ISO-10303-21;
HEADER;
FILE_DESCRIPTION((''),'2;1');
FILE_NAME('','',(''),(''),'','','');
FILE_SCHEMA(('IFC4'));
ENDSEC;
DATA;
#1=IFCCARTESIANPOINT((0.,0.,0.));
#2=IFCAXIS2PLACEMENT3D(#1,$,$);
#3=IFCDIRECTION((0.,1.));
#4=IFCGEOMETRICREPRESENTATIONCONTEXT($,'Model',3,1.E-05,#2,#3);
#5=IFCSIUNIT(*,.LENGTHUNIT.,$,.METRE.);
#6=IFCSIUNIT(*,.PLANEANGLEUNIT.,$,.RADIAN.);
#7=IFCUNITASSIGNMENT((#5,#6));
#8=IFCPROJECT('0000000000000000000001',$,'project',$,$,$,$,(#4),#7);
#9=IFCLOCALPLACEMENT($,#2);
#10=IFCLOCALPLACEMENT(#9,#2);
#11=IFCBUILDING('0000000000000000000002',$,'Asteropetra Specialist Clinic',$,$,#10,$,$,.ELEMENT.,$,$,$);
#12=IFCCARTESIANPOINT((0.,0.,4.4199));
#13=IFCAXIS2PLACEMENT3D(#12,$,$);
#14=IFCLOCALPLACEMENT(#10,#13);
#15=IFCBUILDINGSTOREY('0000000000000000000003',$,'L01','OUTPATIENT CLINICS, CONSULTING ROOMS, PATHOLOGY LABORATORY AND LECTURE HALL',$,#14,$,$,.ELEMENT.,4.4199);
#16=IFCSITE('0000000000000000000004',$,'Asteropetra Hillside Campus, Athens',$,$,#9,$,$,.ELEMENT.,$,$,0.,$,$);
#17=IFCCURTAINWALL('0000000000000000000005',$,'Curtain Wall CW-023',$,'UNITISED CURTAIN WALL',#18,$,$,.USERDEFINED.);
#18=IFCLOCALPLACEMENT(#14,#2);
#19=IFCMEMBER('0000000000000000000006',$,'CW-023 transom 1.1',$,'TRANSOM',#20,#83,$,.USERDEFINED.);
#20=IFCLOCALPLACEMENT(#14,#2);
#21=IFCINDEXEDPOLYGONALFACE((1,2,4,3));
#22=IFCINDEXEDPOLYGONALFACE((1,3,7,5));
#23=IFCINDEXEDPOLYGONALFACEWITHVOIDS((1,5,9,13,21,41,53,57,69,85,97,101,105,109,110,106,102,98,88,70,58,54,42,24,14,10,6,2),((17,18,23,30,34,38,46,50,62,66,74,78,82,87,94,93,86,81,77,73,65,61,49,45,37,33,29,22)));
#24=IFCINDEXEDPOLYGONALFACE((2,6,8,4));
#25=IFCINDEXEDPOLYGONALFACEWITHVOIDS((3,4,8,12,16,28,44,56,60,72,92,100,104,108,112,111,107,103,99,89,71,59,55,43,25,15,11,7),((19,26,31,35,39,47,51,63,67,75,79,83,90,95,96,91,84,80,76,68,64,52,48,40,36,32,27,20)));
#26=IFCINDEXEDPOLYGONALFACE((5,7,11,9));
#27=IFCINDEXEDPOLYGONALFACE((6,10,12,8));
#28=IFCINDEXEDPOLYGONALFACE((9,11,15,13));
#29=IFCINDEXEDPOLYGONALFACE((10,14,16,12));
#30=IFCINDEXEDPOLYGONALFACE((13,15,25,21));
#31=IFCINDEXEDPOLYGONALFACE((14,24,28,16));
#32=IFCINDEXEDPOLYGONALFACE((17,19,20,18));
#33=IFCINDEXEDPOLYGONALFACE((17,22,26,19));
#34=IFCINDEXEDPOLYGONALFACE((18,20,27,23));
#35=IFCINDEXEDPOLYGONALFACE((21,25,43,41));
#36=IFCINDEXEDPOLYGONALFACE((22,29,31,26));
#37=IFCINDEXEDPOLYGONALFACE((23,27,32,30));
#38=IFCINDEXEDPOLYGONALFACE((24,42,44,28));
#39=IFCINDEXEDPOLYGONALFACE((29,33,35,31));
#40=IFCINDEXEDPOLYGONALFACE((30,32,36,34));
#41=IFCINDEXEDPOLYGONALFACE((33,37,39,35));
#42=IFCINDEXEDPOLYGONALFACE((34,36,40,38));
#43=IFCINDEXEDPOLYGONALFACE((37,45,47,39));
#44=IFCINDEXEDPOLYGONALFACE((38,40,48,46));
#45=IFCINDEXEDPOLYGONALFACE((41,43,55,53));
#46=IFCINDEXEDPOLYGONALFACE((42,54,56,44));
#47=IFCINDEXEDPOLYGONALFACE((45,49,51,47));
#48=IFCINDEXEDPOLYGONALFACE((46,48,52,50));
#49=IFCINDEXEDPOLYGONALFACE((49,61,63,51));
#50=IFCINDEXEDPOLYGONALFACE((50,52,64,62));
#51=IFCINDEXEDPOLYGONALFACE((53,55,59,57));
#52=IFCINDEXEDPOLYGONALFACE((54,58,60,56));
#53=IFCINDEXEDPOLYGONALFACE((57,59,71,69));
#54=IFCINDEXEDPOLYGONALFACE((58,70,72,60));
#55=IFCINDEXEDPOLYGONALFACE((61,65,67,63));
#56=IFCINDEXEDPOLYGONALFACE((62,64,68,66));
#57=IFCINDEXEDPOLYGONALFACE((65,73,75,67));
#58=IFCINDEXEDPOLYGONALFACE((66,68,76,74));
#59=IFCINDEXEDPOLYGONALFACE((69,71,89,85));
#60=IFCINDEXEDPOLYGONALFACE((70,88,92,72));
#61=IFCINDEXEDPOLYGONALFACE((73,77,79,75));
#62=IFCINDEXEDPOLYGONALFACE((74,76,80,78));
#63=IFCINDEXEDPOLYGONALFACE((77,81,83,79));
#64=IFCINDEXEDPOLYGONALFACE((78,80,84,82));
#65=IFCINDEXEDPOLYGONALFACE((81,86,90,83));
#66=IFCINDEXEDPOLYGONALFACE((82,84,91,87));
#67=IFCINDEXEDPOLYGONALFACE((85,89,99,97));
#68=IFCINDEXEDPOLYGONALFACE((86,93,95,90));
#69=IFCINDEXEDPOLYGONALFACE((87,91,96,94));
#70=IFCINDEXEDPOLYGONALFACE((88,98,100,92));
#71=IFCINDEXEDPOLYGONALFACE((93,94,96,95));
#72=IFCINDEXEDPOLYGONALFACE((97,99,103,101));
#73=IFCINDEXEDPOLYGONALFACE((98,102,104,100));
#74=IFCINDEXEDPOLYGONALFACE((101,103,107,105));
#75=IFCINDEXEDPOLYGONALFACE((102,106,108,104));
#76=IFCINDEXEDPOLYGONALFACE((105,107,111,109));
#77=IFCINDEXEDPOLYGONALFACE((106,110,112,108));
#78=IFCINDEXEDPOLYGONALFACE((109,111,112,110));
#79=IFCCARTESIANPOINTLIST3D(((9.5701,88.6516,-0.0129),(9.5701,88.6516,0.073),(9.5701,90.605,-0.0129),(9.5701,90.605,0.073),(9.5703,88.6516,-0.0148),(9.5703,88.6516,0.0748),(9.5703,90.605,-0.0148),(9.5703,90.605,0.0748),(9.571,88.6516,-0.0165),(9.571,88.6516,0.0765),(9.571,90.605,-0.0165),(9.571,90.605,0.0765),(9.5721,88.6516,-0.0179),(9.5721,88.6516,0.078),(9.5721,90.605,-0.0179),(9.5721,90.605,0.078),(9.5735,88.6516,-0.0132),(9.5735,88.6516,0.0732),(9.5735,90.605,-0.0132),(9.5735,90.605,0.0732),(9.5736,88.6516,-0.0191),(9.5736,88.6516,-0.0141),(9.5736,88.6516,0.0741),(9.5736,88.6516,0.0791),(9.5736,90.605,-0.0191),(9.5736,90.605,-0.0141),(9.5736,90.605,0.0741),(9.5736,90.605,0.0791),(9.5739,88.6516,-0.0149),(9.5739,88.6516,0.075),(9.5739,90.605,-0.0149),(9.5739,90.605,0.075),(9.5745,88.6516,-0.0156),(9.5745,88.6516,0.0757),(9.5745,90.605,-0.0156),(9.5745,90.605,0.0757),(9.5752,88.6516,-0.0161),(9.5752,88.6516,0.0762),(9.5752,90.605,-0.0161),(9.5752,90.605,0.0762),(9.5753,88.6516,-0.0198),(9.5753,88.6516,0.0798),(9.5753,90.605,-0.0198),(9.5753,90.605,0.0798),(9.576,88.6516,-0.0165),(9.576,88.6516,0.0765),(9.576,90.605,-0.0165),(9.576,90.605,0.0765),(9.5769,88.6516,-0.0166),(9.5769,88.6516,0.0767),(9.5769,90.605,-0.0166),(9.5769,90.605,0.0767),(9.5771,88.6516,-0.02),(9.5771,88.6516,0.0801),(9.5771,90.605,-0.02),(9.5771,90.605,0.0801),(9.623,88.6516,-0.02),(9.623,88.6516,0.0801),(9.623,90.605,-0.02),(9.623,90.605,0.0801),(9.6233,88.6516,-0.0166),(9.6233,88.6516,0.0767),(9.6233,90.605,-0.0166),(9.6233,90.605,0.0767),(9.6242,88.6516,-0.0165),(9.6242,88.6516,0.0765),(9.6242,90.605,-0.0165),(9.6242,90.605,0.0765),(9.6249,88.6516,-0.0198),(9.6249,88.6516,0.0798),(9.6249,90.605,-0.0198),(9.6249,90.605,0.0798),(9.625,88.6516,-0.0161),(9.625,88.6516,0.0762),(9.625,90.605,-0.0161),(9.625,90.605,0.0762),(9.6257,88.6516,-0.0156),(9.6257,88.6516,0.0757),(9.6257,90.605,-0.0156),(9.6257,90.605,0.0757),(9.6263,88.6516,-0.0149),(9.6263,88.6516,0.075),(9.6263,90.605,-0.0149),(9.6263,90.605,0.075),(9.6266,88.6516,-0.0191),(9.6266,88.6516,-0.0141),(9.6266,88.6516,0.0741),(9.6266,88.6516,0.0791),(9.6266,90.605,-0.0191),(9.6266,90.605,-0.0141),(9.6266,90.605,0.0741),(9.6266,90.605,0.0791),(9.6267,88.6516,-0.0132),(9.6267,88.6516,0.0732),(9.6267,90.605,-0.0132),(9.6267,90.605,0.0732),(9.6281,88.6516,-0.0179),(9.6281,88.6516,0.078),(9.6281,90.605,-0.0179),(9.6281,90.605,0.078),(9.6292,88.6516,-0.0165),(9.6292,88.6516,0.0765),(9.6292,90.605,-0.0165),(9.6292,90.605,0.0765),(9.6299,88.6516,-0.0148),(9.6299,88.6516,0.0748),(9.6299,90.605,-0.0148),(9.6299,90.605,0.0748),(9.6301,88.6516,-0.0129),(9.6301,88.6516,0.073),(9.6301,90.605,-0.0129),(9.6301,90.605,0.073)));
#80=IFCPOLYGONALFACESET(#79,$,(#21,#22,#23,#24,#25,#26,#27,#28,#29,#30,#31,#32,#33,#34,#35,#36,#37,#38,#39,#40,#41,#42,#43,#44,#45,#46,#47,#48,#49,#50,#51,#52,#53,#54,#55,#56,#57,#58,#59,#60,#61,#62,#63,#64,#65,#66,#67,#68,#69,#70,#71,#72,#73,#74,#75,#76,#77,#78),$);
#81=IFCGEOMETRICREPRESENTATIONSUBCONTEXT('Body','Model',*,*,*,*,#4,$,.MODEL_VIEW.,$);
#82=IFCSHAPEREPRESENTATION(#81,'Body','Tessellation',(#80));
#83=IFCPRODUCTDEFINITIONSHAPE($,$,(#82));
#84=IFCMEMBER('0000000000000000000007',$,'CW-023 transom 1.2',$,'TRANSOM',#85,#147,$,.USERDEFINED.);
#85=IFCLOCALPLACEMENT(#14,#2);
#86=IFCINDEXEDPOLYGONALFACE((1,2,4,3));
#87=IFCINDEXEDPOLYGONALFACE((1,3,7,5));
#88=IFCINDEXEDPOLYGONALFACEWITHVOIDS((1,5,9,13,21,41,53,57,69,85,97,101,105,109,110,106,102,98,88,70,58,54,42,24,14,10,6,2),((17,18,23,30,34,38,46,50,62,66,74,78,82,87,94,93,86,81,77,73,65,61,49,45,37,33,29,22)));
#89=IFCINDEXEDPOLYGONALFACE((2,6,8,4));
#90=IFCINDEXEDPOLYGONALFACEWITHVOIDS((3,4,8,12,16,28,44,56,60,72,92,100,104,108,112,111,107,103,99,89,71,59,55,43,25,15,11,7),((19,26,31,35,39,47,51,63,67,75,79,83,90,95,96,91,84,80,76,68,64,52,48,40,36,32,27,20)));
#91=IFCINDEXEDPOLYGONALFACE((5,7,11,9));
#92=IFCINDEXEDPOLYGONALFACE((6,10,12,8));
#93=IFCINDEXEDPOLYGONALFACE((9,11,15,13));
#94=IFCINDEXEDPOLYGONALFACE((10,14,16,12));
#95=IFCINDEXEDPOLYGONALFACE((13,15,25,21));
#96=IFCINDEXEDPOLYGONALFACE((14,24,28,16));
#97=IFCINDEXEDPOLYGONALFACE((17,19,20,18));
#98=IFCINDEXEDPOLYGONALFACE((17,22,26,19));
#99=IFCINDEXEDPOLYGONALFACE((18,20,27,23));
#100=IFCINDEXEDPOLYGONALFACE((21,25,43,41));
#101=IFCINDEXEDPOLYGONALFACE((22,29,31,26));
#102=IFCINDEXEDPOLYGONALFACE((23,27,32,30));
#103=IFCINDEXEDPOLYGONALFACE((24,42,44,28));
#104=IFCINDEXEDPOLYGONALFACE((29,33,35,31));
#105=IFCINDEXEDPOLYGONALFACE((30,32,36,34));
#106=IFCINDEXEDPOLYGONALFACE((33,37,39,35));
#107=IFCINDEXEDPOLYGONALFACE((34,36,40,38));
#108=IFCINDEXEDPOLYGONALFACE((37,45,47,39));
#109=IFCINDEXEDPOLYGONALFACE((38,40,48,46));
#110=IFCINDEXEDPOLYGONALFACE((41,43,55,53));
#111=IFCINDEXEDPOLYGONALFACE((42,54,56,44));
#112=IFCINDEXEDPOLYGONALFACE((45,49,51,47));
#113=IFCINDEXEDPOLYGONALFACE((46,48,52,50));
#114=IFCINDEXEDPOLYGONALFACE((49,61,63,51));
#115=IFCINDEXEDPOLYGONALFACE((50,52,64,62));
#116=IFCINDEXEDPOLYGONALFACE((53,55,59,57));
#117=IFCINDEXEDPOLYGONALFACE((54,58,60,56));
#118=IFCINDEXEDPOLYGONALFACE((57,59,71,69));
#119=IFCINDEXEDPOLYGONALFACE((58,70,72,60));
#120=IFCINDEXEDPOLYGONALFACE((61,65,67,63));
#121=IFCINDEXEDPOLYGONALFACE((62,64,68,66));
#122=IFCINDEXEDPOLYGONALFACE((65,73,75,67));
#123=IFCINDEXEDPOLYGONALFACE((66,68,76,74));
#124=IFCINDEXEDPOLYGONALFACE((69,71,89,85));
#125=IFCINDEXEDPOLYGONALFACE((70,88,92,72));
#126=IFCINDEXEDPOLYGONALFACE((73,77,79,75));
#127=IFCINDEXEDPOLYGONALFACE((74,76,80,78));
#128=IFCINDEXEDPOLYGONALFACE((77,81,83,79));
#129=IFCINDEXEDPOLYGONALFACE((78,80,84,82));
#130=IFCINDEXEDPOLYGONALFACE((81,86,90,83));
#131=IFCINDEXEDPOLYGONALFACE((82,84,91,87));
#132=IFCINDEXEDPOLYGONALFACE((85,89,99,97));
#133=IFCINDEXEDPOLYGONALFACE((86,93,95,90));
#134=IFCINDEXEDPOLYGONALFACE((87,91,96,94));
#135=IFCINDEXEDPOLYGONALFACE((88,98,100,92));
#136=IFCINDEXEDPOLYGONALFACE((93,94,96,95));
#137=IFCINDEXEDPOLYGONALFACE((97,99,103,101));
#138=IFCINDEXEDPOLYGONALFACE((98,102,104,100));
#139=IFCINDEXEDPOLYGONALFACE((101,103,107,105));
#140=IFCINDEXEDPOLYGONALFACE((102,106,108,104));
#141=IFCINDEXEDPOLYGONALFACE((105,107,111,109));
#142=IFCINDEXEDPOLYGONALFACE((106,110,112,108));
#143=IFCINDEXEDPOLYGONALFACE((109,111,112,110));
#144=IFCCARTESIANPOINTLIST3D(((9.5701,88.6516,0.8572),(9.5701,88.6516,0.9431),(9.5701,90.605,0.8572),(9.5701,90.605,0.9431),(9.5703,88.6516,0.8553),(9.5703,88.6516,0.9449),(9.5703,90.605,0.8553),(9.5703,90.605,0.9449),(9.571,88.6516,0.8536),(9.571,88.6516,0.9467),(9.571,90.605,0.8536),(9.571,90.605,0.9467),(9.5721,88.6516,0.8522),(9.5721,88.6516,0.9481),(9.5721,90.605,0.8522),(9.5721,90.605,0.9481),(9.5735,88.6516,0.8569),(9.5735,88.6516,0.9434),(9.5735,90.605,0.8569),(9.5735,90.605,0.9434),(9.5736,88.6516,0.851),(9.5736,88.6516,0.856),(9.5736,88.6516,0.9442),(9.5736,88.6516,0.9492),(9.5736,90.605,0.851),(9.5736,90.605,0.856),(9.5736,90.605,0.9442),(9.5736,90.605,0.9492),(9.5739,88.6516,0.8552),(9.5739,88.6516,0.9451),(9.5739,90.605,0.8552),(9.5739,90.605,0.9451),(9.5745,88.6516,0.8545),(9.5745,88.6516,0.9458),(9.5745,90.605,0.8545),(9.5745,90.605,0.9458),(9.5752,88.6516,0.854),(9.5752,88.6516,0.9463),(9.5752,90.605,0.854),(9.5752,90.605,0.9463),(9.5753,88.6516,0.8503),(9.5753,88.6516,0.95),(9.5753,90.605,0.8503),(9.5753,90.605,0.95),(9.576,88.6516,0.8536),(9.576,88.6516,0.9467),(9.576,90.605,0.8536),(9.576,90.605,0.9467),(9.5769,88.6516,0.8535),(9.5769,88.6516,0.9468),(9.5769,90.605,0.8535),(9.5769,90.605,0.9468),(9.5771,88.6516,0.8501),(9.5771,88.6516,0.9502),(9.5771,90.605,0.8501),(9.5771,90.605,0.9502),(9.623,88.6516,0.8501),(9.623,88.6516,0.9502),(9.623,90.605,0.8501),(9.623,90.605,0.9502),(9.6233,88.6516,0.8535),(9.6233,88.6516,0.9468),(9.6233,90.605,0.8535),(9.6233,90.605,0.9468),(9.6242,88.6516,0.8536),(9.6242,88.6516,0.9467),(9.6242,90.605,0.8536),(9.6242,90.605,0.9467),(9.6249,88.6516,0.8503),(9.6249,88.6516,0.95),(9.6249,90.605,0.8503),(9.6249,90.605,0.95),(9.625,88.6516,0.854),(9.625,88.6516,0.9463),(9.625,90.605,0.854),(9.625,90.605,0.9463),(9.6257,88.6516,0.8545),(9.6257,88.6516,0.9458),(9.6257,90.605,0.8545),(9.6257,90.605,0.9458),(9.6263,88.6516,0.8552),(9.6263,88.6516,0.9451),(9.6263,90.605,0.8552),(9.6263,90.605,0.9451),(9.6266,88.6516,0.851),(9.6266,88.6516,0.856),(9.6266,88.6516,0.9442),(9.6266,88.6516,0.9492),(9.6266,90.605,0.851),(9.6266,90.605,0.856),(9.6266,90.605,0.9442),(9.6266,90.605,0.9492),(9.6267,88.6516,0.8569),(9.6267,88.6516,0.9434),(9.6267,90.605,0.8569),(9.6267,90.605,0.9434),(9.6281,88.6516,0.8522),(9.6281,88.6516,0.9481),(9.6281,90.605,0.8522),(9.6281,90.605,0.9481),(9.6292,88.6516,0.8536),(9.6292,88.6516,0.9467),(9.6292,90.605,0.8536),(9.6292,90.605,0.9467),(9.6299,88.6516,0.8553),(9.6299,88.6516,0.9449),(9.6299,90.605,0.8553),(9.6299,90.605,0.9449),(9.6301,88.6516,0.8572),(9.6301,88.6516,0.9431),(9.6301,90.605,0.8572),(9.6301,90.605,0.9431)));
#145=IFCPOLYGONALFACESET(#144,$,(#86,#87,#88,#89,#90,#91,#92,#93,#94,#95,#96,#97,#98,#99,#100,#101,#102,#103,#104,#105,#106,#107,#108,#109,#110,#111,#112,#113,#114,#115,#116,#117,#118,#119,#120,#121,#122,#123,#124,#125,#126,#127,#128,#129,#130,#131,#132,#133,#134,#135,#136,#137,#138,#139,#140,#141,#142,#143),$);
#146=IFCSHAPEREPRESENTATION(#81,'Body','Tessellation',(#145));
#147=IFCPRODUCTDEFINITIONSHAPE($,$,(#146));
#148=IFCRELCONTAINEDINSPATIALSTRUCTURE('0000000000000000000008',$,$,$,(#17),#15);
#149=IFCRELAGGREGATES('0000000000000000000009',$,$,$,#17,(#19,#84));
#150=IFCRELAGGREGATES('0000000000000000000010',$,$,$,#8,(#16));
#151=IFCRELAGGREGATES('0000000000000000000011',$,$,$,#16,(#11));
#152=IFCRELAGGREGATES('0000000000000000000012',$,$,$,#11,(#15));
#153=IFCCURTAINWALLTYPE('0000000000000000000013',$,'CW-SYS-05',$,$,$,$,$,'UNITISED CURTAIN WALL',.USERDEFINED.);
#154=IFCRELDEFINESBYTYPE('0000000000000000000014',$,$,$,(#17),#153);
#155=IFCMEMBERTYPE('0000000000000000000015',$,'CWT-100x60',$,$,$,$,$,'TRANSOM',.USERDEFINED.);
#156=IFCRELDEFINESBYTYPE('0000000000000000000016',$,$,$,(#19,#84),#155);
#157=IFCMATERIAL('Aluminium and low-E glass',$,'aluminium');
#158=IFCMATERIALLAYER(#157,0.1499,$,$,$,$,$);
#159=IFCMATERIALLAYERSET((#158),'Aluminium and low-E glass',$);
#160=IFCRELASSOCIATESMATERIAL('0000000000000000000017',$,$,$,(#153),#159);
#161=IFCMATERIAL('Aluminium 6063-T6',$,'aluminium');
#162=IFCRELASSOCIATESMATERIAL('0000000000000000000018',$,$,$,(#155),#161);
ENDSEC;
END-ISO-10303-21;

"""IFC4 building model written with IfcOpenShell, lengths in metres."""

from ifc_helpers import new_model, si_unit, direction, frame, origin, origin_2d, place, context, subcontext, project, spatial, hollow_rectangle, extrude, material, layer, layer_set, material_profile, profile_set, type_object, element, aggregate, save


model = new_model("IFC4")

# Units and contexts
model_context = context("Model", 3, precision=1e-05, world=origin(), true_north=direction((0.0, 1.0)))
body_context = subcontext(model_context, "Body", "Model", "MODEL_VIEW")
ifc_project = project(units=[si_unit("LENGTHUNIT", "METRE"), si_unit("PLANEANGLEUNIT", "RADIAN")], contexts=[model_context])

# Site, building, storey
site_placement = place(None, origin())
site = spatial("IfcSite", under=ifc_project, at=site_placement, Name="Asteropetra Hillside Campus, Athens", CompositionType="ELEMENT", RefElevation=0.0)
building_placement = place(site_placement, origin())
building = spatial("IfcBuilding", under=site, at=building_placement, Name="Asteropetra Specialist Clinic", CompositionType="ELEMENT")
storey_placement = place(building_placement, frame((0.0, 0.0, 4.4199)))
storey = spatial("IfcBuildingStorey", under=building, at=storey_placement, Name="L01", Description="OUTPATIENT CLINICS, CONSULTING ROOMS, PATHOLOGY LABORATORY AND LECTURE HALL", CompositionType="ELEMENT", Elevation=4.4199)

# Curtain wall
ifc_material_1 = material(Name="Aluminium and low-E glass", Category="aluminium")
ifc_layer_1 = layer(ifc_material_1, 0.1499)
ifc_layer_set_1 = layer_set([ifc_layer_1], Name="Aluminium and low-E glass")
curtain_wall_type = type_object("IfcCurtainWallType", Name="CW-SYS-05", ElementType="UNITISED CURTAIN WALL", PredefinedType="USERDEFINED", material=ifc_layer_set_1)
curtain_wall_1_placement = place(storey_placement, origin())
curtain_wall_1 = element("IfcCurtainWall", 1, at=curtain_wall_1_placement, inside=storey, type_object=curtain_wall_type, Name="Curtain Wall CW-023", ObjectType="UNITISED CURTAIN WALL", PredefinedType="USERDEFINED")

# Members
ifc_material_2 = material(Name="Aluminium 6063-T6", Category="aluminium")
ifc_material_profile_1 = material_profile(ifc_material_2, hollow_rectangle(XDim=0.0601, YDim=0.1001, WallThickness=0.0034, InnerFilletRadius=0.0034, OuterFilletRadius=0.0071, at=origin_2d()), Name="TRN 100x60x3.5")
ifc_profile_set_1 = profile_set([ifc_material_profile_1], Name="Aluminium 6063-T6")
member_type_1 = type_object("IfcMemberType", Name="CWT-100x60", ElementType="TRANSOM", PredefinedType="USERDEFINED", material=ifc_profile_set_1)
member_1_placement = place(storey_placement, frame((9.6001, 90.605, 0.03), z_axis=(0.0, -1.0, 0.0), x_axis=(1.0, 0.0, 0.0)))
member_1 = element("IfcMember", 2, at=member_1_placement, type_object=member_type_1, Name="CW-023 transom 1.1", ObjectType="TRANSOM", PredefinedType="USERDEFINED", context=body_context, shape_type="SweptSolid", body=[
    extrude(hollow_rectangle(XDim=0.0601, YDim=0.1001, WallThickness=0.0034, InnerFilletRadius=0.0034, OuterFilletRadius=0.0071, at=origin_2d()), origin(), (0.0, 0.0, 1.0), 1.9534),
])
member_2_placement = place(storey_placement, frame((9.6001, 90.605, 0.9001), z_axis=(0.0, -1.0, 0.0), x_axis=(1.0, 0.0, 0.0)))
member_2 = element("IfcMember", 3, at=member_2_placement, type_object=member_type_1, Name="CW-023 transom 1.2", ObjectType="TRANSOM", PredefinedType="USERDEFINED", context=body_context, shape_type="SweptSolid", body=[
    extrude(hollow_rectangle(XDim=0.0601, YDim=0.1001, WallThickness=0.0034, InnerFilletRadius=0.0034, OuterFilletRadius=0.0071, at=origin_2d()), origin(), (0.0, 0.0, 1.0), 1.9534),
])

aggregate(curtain_wall_1, [member_1, member_2])

save(model, "model.ifc")
